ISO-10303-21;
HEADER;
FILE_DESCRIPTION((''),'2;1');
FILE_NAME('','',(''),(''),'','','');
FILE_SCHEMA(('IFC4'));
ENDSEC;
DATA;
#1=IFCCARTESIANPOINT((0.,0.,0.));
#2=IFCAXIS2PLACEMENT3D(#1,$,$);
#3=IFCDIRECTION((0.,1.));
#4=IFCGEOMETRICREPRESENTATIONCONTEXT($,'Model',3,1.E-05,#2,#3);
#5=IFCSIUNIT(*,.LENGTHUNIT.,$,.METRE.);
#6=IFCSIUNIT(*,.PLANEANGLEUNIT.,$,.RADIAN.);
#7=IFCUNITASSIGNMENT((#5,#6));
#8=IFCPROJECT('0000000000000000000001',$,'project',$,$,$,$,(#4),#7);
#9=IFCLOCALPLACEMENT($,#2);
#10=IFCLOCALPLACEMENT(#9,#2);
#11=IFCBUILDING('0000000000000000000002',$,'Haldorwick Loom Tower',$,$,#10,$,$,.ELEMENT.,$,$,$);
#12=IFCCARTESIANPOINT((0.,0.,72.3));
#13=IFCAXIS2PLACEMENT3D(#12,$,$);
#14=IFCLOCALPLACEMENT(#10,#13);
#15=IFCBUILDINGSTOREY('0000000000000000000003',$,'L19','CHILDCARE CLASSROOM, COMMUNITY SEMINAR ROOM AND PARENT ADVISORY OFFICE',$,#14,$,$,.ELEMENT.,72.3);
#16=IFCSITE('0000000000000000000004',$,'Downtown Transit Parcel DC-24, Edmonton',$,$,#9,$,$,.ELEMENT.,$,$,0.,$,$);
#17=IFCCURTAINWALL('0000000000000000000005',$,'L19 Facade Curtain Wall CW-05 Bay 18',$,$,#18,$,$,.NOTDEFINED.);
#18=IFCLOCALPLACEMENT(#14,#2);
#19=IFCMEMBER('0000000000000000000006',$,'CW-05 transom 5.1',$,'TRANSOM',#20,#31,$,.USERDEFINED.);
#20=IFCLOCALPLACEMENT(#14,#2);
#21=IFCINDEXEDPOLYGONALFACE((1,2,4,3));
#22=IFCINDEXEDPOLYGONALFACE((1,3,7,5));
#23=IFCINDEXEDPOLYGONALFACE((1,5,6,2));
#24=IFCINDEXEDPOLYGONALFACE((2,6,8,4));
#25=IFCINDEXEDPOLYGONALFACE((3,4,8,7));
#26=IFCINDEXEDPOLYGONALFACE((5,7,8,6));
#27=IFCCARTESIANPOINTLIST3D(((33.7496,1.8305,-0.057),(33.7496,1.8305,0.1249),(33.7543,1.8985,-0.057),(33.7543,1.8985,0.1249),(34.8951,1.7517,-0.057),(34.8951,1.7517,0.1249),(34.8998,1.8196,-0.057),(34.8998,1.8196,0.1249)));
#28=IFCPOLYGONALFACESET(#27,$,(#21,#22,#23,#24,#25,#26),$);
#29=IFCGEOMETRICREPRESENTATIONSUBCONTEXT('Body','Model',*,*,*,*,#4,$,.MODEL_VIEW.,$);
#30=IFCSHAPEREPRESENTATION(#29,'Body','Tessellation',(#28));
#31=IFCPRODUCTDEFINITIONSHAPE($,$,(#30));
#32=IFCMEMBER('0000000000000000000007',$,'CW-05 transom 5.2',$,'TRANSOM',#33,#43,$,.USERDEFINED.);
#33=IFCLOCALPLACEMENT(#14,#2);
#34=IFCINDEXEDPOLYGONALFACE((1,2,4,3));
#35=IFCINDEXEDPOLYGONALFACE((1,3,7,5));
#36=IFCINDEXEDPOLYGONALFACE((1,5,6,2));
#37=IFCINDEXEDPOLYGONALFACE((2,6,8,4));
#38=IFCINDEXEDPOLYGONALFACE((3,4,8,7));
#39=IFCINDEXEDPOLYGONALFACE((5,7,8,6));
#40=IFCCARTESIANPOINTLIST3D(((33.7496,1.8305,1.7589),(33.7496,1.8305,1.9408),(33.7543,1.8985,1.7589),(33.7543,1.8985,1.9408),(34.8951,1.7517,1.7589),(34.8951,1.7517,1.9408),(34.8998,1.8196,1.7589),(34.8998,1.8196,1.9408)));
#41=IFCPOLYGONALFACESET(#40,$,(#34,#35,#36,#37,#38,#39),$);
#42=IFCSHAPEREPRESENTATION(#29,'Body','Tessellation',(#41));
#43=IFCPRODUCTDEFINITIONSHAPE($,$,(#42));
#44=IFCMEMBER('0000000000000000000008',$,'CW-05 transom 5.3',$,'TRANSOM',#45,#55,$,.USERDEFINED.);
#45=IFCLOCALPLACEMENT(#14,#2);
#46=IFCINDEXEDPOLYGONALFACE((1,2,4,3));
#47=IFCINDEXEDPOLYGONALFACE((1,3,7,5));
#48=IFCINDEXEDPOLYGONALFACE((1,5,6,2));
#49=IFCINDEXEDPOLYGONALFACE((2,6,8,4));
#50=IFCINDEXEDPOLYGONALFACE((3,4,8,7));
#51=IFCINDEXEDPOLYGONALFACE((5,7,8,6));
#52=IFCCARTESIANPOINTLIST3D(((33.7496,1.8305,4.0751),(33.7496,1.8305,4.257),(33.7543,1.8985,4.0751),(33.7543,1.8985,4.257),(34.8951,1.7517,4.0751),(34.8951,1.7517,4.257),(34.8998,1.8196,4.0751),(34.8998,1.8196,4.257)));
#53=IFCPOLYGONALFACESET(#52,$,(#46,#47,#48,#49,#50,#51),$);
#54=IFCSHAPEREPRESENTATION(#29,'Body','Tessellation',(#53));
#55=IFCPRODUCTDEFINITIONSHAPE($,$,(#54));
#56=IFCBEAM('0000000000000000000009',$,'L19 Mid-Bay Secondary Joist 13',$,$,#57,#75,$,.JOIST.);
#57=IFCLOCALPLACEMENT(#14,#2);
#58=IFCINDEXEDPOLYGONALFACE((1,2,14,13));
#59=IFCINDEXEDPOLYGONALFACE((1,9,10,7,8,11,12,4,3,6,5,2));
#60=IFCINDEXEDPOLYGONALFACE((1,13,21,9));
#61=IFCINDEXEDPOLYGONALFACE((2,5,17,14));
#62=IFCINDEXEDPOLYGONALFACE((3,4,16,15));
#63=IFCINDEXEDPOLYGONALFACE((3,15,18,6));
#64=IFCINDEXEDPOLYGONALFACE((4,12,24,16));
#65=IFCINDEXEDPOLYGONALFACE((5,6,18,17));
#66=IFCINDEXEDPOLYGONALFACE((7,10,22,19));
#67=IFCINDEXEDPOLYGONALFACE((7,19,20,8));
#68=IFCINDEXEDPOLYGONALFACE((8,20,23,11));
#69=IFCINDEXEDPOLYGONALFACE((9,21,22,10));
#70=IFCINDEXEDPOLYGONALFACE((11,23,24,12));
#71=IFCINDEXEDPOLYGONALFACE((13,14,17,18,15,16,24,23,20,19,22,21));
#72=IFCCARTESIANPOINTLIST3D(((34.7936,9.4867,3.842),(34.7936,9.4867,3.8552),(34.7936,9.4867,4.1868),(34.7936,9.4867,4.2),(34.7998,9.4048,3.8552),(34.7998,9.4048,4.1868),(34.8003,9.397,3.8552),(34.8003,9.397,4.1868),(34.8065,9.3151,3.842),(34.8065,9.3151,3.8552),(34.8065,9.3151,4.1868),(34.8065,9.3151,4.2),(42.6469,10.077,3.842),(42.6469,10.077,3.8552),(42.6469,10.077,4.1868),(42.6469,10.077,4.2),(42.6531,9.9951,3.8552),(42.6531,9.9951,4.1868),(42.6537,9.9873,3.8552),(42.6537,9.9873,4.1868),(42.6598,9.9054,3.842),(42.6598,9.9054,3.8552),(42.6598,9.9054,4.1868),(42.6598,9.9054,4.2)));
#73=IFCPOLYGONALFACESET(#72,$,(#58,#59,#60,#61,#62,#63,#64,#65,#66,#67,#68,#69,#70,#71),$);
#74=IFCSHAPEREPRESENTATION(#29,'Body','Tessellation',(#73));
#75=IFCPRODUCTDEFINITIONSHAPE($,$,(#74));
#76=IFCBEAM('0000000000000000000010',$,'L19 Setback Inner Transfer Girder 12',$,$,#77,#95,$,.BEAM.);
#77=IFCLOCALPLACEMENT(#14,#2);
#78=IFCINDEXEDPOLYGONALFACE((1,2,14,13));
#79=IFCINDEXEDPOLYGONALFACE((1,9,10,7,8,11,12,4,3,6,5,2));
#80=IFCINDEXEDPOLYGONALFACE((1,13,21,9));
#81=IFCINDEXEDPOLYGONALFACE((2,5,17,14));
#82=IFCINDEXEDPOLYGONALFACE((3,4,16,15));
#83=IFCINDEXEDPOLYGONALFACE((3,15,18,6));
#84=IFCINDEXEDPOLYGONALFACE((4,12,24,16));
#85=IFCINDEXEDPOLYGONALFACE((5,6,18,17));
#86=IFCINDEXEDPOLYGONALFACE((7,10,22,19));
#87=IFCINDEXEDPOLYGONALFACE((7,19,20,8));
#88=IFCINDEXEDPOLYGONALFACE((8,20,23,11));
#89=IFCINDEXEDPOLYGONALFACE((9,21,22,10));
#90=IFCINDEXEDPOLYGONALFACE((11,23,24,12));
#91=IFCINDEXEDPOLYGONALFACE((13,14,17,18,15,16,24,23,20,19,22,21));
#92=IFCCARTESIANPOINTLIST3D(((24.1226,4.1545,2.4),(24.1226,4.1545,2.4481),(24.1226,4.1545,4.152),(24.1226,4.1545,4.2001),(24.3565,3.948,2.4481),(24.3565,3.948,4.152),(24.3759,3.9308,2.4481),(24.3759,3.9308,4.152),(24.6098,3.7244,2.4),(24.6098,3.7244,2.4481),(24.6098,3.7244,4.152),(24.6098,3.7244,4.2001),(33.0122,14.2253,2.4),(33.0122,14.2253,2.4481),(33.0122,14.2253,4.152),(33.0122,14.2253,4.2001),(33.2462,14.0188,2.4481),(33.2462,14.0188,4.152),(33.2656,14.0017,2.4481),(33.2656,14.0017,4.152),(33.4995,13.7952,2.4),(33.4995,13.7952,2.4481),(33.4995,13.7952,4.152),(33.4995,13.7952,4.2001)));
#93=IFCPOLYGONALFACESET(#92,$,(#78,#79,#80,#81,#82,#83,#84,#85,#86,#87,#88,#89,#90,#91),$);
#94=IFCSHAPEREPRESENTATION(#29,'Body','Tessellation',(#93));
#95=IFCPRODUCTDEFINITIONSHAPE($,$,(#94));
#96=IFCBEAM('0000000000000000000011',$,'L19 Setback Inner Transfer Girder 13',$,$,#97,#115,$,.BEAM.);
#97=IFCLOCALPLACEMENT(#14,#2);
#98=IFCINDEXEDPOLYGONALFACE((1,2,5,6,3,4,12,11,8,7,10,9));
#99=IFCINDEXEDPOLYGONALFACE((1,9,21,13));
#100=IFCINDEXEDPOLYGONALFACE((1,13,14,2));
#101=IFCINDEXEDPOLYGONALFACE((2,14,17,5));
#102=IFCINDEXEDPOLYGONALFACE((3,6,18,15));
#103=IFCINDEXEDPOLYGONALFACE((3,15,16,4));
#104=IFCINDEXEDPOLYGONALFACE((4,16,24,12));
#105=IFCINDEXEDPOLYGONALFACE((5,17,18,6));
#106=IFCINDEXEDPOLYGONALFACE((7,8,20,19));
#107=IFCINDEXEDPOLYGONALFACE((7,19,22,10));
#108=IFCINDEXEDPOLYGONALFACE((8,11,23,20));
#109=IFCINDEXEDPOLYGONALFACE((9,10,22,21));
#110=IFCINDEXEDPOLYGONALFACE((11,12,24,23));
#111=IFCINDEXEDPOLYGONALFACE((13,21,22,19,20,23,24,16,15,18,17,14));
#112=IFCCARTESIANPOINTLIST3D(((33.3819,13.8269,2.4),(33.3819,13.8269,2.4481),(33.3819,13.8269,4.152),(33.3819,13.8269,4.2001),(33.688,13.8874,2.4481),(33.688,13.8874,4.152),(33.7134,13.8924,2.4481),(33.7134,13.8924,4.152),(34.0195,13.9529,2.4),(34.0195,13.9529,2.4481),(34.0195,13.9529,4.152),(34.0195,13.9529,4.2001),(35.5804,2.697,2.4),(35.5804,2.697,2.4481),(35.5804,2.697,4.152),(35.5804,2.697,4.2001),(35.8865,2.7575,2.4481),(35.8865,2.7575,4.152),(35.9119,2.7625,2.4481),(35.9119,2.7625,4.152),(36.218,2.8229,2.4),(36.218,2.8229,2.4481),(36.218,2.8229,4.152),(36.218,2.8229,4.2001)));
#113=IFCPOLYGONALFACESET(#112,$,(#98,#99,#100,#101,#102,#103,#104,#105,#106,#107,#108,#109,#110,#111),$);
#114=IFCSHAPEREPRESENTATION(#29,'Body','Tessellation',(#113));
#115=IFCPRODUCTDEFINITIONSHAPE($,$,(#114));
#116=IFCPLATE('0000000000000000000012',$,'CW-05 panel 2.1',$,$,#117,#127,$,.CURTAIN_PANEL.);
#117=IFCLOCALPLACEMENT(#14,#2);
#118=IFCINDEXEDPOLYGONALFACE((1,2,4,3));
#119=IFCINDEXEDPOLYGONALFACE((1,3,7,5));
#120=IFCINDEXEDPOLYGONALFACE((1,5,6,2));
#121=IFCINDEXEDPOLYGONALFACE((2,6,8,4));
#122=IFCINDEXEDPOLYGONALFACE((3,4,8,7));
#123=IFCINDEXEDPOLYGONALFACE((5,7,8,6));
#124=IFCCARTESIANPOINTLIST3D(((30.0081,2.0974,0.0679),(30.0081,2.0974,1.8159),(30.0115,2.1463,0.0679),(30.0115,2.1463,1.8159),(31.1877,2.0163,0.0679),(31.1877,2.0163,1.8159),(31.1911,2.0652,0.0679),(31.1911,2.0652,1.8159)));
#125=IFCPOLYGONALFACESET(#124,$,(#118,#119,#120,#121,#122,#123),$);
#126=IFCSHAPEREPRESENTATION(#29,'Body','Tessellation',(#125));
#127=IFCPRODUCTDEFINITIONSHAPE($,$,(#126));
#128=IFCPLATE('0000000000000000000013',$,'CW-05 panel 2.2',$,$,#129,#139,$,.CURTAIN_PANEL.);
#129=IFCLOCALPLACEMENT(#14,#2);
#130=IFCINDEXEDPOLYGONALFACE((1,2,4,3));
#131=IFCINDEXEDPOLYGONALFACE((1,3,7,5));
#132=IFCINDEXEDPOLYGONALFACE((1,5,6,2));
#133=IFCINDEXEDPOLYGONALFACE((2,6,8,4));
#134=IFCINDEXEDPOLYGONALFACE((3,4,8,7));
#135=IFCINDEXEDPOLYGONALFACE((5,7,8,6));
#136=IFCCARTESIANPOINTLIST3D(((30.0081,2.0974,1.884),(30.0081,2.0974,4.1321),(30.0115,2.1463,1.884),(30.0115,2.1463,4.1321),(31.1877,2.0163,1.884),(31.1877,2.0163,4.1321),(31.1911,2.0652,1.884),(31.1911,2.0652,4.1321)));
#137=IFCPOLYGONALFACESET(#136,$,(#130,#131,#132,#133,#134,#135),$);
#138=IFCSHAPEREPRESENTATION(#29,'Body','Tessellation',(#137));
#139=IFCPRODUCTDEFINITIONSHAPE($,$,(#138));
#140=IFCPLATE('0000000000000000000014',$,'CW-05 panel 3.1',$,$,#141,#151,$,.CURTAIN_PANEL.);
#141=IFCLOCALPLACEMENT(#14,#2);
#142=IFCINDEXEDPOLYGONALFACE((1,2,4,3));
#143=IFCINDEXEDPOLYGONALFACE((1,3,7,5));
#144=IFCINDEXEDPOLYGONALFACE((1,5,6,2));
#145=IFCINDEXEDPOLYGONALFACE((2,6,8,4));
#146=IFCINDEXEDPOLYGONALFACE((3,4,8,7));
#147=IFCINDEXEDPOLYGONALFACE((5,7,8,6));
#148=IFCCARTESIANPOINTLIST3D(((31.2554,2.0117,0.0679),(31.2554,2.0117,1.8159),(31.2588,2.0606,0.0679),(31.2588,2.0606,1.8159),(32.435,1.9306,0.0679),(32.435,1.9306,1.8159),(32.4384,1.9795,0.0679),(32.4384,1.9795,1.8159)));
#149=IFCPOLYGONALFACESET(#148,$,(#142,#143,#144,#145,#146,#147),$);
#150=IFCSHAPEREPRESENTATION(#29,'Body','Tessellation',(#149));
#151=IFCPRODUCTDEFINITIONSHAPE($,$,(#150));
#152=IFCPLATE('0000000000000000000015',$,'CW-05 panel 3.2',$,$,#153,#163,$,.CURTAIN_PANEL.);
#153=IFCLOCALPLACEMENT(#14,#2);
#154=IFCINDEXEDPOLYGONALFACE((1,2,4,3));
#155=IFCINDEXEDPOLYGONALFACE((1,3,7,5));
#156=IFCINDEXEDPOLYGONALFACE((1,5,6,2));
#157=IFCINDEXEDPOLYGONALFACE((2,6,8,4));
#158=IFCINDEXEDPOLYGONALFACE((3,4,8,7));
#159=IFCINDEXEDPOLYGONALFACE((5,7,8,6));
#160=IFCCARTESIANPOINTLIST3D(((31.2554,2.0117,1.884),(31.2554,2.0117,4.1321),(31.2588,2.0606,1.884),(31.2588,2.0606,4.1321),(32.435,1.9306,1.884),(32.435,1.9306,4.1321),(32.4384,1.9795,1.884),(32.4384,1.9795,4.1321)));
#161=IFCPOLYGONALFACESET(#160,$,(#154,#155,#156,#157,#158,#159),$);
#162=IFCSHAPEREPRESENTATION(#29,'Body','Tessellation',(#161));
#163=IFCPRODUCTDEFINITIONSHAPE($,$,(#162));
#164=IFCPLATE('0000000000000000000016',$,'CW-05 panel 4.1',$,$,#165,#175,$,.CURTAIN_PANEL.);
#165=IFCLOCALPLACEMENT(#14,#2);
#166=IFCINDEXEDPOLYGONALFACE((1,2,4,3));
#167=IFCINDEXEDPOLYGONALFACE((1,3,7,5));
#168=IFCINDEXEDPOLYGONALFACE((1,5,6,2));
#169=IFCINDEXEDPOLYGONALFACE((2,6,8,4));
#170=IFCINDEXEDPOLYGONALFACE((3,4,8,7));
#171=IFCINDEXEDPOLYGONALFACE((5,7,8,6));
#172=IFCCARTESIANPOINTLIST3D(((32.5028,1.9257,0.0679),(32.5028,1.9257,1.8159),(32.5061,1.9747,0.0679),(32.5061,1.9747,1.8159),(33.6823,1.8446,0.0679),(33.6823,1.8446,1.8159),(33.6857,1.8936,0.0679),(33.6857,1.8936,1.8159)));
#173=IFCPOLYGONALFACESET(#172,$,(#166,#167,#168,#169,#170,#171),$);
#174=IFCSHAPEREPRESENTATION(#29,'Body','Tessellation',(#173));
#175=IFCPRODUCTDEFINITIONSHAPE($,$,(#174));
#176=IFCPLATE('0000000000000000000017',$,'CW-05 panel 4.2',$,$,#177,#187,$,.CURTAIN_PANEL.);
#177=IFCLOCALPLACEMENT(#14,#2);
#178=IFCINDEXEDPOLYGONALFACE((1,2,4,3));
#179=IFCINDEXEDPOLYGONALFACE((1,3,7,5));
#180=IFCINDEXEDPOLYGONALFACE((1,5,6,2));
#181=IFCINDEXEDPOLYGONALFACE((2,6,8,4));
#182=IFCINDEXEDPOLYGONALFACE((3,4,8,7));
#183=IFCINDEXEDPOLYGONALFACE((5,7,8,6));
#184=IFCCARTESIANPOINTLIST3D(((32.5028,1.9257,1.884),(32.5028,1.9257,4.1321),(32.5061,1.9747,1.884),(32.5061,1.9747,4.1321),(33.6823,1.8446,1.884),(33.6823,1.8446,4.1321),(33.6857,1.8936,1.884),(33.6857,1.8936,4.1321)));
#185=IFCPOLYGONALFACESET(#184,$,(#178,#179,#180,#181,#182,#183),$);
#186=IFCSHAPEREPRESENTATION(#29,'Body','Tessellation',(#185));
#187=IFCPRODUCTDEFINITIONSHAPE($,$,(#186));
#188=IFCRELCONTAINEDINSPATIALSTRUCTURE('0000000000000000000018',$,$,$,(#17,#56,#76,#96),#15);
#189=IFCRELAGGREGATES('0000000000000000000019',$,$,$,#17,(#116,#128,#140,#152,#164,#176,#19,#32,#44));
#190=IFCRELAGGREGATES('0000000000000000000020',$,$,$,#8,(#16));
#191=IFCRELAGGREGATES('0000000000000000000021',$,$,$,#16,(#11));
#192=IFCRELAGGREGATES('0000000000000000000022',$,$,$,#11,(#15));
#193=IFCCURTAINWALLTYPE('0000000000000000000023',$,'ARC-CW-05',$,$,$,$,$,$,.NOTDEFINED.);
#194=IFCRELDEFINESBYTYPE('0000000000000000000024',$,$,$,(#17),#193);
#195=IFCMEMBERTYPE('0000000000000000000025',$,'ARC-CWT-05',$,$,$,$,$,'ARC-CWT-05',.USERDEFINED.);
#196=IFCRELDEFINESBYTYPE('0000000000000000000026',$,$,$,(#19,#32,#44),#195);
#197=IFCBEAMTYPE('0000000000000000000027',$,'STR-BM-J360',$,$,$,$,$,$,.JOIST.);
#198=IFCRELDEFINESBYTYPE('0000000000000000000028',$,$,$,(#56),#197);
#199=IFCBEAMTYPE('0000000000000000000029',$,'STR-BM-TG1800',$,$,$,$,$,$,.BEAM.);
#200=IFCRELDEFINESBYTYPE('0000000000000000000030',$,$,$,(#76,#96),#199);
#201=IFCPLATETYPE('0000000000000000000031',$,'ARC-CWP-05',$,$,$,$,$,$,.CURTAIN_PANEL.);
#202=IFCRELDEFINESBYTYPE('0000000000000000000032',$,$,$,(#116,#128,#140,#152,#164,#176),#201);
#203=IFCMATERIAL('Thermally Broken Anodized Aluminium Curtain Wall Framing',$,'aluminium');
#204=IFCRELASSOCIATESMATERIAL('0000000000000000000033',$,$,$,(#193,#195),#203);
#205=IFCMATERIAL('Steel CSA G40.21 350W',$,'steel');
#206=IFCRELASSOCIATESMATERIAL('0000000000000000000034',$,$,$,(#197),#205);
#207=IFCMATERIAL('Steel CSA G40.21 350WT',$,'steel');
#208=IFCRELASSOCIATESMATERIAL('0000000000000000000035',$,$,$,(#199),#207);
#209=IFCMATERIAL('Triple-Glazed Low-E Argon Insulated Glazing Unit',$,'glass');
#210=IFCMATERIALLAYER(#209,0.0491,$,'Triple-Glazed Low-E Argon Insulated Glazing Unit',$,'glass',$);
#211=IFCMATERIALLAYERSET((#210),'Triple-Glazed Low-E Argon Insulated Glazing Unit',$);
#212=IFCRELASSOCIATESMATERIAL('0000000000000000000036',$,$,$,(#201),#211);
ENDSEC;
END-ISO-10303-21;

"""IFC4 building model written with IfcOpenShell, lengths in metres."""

from ifc_helpers import new_model, si_unit, direction, frame, origin, origin_2d, place, context, subcontext, project, spatial, rectangle, i_section, extrude, material, layer, layer_set, material_profile, profile_set, type_object, element, aggregate, save


model = new_model("IFC4")

# Units and contexts
model_context = context("Model", 3, precision=1e-05, world=origin(), true_north=direction((0.0, 1.0)))
body_context = subcontext(model_context, "Body", "Model", "MODEL_VIEW")
ifc_project = project(units=[si_unit("LENGTHUNIT", "METRE"), si_unit("PLANEANGLEUNIT", "RADIAN")], contexts=[model_context])

# Site, building, storey
site_placement = place(None, origin())
site = spatial("IfcSite", under=ifc_project, at=site_placement, Name="Downtown Transit Parcel DC-24, Edmonton", CompositionType="ELEMENT", RefElevation=0.0)
building_placement = place(site_placement, origin())
building = spatial("IfcBuilding", under=site, at=building_placement, Name="Haldorwick Loom Tower", CompositionType="ELEMENT")
storey_placement = place(building_placement, frame((0.0, 0.0, 72.3)))
storey = spatial("IfcBuildingStorey", under=building, at=storey_placement, Name="L19", Description="CHILDCARE CLASSROOM, COMMUNITY SEMINAR ROOM AND PARENT ADVISORY OFFICE", CompositionType="ELEMENT", Elevation=72.3)

# Curtain wall, members
ifc_material_1 = material(Name="Thermally Broken Anodized Aluminium Curtain Wall Framing", Category="aluminium")
curtain_wall_type = type_object("IfcCurtainWallType", Name="ARC-CW-05", PredefinedType="NOTDEFINED", material=ifc_material_1)
curtain_wall_placement = place(storey_placement, origin())
curtain_wall = element("IfcCurtainWall", 1, at=curtain_wall_placement, inside=storey, type_object=curtain_wall_type, Name="L19 Facade Curtain Wall CW-05 Bay 18", PredefinedType="NOTDEFINED")
ifc_material_profile_1 = material_profile(ifc_material_1, rectangle(XDim=0.0681, YDim=0.1819, at=origin_2d()), Name="ALU_TRN_68X182", Category="aluminium")
ifc_profile_set_1 = profile_set([ifc_material_profile_1], Name="Thermally Broken Anodized Aluminium Curtain Wall Framing")
member_type_1 = type_object("IfcMemberType", Name="ARC-CWT-05", ElementType="ARC-CWT-05", PredefinedType="USERDEFINED", material=ifc_profile_set_1)
member_1_placement = place(storey_placement, frame((33.752, 1.8645, 0.0339), z_axis=(0.997639, -0.068678, 0.0), x_axis=(0.068678, 0.997639, 0.0)))
member_1 = element("IfcMember", 2, at=member_1_placement, type_object=member_type_1, Name="CW-05 transom 5.1", ObjectType="TRANSOM", PredefinedType="USERDEFINED", context=body_context, shape_type="SweptSolid", body=[
    extrude(rectangle(XDim=0.0681, YDim=0.1819, at=origin_2d()), origin(), (0.0, 0.0, 1.0), 1.1482),
])
member_2_placement = place(storey_placement, frame((33.752, 1.8645, 1.8499), z_axis=(0.997639, -0.068678, 0.0), x_axis=(0.068678, 0.997639, 0.0)))
member_2 = element("IfcMember", 3, at=member_2_placement, type_object=member_type_1, Name="CW-05 transom 5.2", ObjectType="TRANSOM", PredefinedType="USERDEFINED", context=body_context, shape_type="SweptSolid", body=[
    extrude(rectangle(XDim=0.0681, YDim=0.1819, at=origin_2d()), origin(), (0.0, 0.0, 1.0), 1.1482),
])
member_3_placement = place(storey_placement, frame((33.752, 1.8645, 4.166), z_axis=(0.997639, -0.068678, 0.0), x_axis=(0.068678, 0.997639, 0.0)))
member_3 = element("IfcMember", 4, at=member_3_placement, type_object=member_type_1, Name="CW-05 transom 5.3", ObjectType="TRANSOM", PredefinedType="USERDEFINED", context=body_context, shape_type="SweptSolid", body=[
    extrude(rectangle(XDim=0.0681, YDim=0.1819, at=origin_2d()), origin(), (0.0, 0.0, 1.0), 1.1482),
])

# Beams
ifc_material_2 = material(Name="Steel CSA G40.21 350W", Category="steel")
ifc_material_profile_2 = material_profile(ifc_material_2, i_section(OverallWidth=0.1721, OverallDepth=0.3579, WebThickness=0.0078, FlangeThickness=0.0132, at=origin_2d()), Name="W360X57", Category="steel")
ifc_profile_set_2 = profile_set([ifc_material_profile_2], Name="Steel CSA G40.21 350W")
beam_type_1 = type_object("IfcBeamType", Name="STR-BM-J360", PredefinedType="JOIST", material=ifc_profile_set_2)
beam_1_placement = place(storey_placement, frame((34.8, 9.4009, 4.021), z_axis=(0.997187, 0.074959, 0.0), x_axis=(-0.074959, 0.997187, 0.0)))
element("IfcBeam", 5, at=beam_1_placement, inside=storey, type_object=beam_type_1, Name="L19 Mid-Bay Secondary Joist 13", PredefinedType="JOIST", context=body_context, shape_type="SweptSolid", body=[
    extrude(i_section(OverallWidth=0.1721, OverallDepth=0.3579, WebThickness=0.0078, FlangeThickness=0.0132, at=origin_2d()), origin(), (0.0, 0.0, 1.0), 7.8755),
])
ifc_material_3 = material(Name="Steel CSA G40.21 350WT", Category="steel")
ifc_material_profile_3 = material_profile(ifc_material_3, i_section(OverallWidth=0.6499, OverallDepth=1.8, WebThickness=0.0259, FlangeThickness=0.0481, at=origin_2d()), Name="WWF1800X650", Category="steel")
ifc_profile_set_3 = profile_set([ifc_material_profile_3], Name="Steel CSA G40.21 350WT")
beam_type_2 = type_object("IfcBeamType", Name="STR-BM-TG1800", PredefinedType="BEAM", material=ifc_profile_set_3)
beam_2_placement = place(storey_placement, frame((33.2559, 14.0103, 3.3), z_axis=(-0.661774, -0.749703, 0.0), x_axis=(0.749703, -0.661774, 0.0)))
element("IfcBeam", 6, at=beam_2_placement, inside=storey, type_object=beam_type_2, Name="L19 Setback Inner Transfer Girder 12", PredefinedType="BEAM", context=body_context, shape_type="SweptSolid", body=[
    extrude(i_section(OverallWidth=0.6499, OverallDepth=1.8, WebThickness=0.0259, FlangeThickness=0.0481, at=origin_2d()), origin(), (0.0, 0.0, 1.0), 13.4331),
])
beam_3_placement = place(storey_placement, frame((33.7007, 13.8899, 3.3), z_axis=(0.193786, -0.981044, 0.0), x_axis=(0.981044, 0.193786, 0.0)))
element("IfcBeam", 7, at=beam_3_placement, inside=storey, type_object=beam_type_2, Name="L19 Setback Inner Transfer Girder 13", PredefinedType="BEAM", context=body_context, shape_type="SweptSolid", body=[
    extrude(i_section(OverallWidth=0.6499, OverallDepth=1.8, WebThickness=0.0259, FlangeThickness=0.0481, at=origin_2d()), origin(), (0.0, 0.0, 1.0), 11.345),
])

# Plates
ifc_material_4 = material(Name="Triple-Glazed Low-E Argon Insulated Glazing Unit", Category="glass")
ifc_layer = layer(ifc_material_4, 0.0491, Name="Triple-Glazed Low-E Argon Insulated Glazing Unit", Category="glass")
ifc_layer_set = layer_set([ifc_layer], Name="Triple-Glazed Low-E Argon Insulated Glazing Unit")
plate_type = type_object("IfcPlateType", Name="ARC-CWP-05", PredefinedType="CURTAIN_PANEL", material=ifc_layer_set)
plate_1_placement = place(storey_placement, frame((30.5996, 2.0813, 0.0679), z_axis=(0.0, 0.0, 1.0), x_axis=(0.997645, -0.068589, 0.0)))
plate_1 = element("IfcPlate", 8, at=plate_1_placement, type_object=plate_type, Name="CW-05 panel 2.1", PredefinedType="CURTAIN_PANEL", context=body_context, shape_type="SweptSolid", body=[
    extrude(rectangle(XDim=1.1824, YDim=0.0491, at=origin_2d()), origin(), (0.0, 0.0, 1.0), 1.748),
])
plate_2_placement = place(storey_placement, frame((30.5996, 2.0813, 1.884), z_axis=(0.0, 0.0, 1.0), x_axis=(0.997645, -0.068589, 0.0)))
plate_2 = element("IfcPlate", 9, at=plate_2_placement, type_object=plate_type, Name="CW-05 panel 2.2", PredefinedType="CURTAIN_PANEL", context=body_context, shape_type="SweptSolid", body=[
    extrude(rectangle(XDim=1.1824, YDim=0.0491, at=origin_2d()), origin(), (0.0, 0.0, 1.0), 2.248),
])
plate_3_placement = place(storey_placement, frame((31.8469, 1.9956, 0.0679), z_axis=(0.0, 0.0, 1.0), x_axis=(0.997645, -0.068589, 0.0)))
plate_3 = element("IfcPlate", 10, at=plate_3_placement, type_object=plate_type, Name="CW-05 panel 3.1", PredefinedType="CURTAIN_PANEL", context=body_context, shape_type="SweptSolid", body=[
    extrude(rectangle(XDim=1.1824, YDim=0.0491, at=origin_2d()), origin(), (0.0, 0.0, 1.0), 1.748),
])
plate_4_placement = place(storey_placement, frame((31.8469, 1.9956, 1.884), z_axis=(0.0, 0.0, 1.0), x_axis=(0.997645, -0.068589, 0.0)))
plate_4 = element("IfcPlate", 11, at=plate_4_placement, type_object=plate_type, Name="CW-05 panel 3.2", PredefinedType="CURTAIN_PANEL", context=body_context, shape_type="SweptSolid", body=[
    extrude(rectangle(XDim=1.1824, YDim=0.0491, at=origin_2d()), origin(), (0.0, 0.0, 1.0), 2.248),
])
plate_5_placement = place(storey_placement, frame((33.0942, 1.9097, 0.0679), z_axis=(0.0, 0.0, 1.0), x_axis=(0.997645, -0.068589, 0.0)))
plate_5 = element("IfcPlate", 12, at=plate_5_placement, type_object=plate_type, Name="CW-05 panel 4.1", PredefinedType="CURTAIN_PANEL", context=body_context, shape_type="SweptSolid", body=[
    extrude(rectangle(XDim=1.1824, YDim=0.0491, at=origin_2d()), origin(), (0.0, 0.0, 1.0), 1.748),
])
plate_6_placement = place(storey_placement, frame((33.0942, 1.9097, 1.884), z_axis=(0.0, 0.0, 1.0), x_axis=(0.997645, -0.068589, 0.0)))
plate_6 = element("IfcPlate", 13, at=plate_6_placement, type_object=plate_type, Name="CW-05 panel 4.2", PredefinedType="CURTAIN_PANEL", context=body_context, shape_type="SweptSolid", body=[
    extrude(rectangle(XDim=1.1824, YDim=0.0491, at=origin_2d()), origin(), (0.0, 0.0, 1.0), 2.248),
])
aggregate(curtain_wall, [plate_1, plate_2, plate_3, plate_4, plate_5, plate_6, member_1, member_2, member_3])

save(model, "model.ifc")
